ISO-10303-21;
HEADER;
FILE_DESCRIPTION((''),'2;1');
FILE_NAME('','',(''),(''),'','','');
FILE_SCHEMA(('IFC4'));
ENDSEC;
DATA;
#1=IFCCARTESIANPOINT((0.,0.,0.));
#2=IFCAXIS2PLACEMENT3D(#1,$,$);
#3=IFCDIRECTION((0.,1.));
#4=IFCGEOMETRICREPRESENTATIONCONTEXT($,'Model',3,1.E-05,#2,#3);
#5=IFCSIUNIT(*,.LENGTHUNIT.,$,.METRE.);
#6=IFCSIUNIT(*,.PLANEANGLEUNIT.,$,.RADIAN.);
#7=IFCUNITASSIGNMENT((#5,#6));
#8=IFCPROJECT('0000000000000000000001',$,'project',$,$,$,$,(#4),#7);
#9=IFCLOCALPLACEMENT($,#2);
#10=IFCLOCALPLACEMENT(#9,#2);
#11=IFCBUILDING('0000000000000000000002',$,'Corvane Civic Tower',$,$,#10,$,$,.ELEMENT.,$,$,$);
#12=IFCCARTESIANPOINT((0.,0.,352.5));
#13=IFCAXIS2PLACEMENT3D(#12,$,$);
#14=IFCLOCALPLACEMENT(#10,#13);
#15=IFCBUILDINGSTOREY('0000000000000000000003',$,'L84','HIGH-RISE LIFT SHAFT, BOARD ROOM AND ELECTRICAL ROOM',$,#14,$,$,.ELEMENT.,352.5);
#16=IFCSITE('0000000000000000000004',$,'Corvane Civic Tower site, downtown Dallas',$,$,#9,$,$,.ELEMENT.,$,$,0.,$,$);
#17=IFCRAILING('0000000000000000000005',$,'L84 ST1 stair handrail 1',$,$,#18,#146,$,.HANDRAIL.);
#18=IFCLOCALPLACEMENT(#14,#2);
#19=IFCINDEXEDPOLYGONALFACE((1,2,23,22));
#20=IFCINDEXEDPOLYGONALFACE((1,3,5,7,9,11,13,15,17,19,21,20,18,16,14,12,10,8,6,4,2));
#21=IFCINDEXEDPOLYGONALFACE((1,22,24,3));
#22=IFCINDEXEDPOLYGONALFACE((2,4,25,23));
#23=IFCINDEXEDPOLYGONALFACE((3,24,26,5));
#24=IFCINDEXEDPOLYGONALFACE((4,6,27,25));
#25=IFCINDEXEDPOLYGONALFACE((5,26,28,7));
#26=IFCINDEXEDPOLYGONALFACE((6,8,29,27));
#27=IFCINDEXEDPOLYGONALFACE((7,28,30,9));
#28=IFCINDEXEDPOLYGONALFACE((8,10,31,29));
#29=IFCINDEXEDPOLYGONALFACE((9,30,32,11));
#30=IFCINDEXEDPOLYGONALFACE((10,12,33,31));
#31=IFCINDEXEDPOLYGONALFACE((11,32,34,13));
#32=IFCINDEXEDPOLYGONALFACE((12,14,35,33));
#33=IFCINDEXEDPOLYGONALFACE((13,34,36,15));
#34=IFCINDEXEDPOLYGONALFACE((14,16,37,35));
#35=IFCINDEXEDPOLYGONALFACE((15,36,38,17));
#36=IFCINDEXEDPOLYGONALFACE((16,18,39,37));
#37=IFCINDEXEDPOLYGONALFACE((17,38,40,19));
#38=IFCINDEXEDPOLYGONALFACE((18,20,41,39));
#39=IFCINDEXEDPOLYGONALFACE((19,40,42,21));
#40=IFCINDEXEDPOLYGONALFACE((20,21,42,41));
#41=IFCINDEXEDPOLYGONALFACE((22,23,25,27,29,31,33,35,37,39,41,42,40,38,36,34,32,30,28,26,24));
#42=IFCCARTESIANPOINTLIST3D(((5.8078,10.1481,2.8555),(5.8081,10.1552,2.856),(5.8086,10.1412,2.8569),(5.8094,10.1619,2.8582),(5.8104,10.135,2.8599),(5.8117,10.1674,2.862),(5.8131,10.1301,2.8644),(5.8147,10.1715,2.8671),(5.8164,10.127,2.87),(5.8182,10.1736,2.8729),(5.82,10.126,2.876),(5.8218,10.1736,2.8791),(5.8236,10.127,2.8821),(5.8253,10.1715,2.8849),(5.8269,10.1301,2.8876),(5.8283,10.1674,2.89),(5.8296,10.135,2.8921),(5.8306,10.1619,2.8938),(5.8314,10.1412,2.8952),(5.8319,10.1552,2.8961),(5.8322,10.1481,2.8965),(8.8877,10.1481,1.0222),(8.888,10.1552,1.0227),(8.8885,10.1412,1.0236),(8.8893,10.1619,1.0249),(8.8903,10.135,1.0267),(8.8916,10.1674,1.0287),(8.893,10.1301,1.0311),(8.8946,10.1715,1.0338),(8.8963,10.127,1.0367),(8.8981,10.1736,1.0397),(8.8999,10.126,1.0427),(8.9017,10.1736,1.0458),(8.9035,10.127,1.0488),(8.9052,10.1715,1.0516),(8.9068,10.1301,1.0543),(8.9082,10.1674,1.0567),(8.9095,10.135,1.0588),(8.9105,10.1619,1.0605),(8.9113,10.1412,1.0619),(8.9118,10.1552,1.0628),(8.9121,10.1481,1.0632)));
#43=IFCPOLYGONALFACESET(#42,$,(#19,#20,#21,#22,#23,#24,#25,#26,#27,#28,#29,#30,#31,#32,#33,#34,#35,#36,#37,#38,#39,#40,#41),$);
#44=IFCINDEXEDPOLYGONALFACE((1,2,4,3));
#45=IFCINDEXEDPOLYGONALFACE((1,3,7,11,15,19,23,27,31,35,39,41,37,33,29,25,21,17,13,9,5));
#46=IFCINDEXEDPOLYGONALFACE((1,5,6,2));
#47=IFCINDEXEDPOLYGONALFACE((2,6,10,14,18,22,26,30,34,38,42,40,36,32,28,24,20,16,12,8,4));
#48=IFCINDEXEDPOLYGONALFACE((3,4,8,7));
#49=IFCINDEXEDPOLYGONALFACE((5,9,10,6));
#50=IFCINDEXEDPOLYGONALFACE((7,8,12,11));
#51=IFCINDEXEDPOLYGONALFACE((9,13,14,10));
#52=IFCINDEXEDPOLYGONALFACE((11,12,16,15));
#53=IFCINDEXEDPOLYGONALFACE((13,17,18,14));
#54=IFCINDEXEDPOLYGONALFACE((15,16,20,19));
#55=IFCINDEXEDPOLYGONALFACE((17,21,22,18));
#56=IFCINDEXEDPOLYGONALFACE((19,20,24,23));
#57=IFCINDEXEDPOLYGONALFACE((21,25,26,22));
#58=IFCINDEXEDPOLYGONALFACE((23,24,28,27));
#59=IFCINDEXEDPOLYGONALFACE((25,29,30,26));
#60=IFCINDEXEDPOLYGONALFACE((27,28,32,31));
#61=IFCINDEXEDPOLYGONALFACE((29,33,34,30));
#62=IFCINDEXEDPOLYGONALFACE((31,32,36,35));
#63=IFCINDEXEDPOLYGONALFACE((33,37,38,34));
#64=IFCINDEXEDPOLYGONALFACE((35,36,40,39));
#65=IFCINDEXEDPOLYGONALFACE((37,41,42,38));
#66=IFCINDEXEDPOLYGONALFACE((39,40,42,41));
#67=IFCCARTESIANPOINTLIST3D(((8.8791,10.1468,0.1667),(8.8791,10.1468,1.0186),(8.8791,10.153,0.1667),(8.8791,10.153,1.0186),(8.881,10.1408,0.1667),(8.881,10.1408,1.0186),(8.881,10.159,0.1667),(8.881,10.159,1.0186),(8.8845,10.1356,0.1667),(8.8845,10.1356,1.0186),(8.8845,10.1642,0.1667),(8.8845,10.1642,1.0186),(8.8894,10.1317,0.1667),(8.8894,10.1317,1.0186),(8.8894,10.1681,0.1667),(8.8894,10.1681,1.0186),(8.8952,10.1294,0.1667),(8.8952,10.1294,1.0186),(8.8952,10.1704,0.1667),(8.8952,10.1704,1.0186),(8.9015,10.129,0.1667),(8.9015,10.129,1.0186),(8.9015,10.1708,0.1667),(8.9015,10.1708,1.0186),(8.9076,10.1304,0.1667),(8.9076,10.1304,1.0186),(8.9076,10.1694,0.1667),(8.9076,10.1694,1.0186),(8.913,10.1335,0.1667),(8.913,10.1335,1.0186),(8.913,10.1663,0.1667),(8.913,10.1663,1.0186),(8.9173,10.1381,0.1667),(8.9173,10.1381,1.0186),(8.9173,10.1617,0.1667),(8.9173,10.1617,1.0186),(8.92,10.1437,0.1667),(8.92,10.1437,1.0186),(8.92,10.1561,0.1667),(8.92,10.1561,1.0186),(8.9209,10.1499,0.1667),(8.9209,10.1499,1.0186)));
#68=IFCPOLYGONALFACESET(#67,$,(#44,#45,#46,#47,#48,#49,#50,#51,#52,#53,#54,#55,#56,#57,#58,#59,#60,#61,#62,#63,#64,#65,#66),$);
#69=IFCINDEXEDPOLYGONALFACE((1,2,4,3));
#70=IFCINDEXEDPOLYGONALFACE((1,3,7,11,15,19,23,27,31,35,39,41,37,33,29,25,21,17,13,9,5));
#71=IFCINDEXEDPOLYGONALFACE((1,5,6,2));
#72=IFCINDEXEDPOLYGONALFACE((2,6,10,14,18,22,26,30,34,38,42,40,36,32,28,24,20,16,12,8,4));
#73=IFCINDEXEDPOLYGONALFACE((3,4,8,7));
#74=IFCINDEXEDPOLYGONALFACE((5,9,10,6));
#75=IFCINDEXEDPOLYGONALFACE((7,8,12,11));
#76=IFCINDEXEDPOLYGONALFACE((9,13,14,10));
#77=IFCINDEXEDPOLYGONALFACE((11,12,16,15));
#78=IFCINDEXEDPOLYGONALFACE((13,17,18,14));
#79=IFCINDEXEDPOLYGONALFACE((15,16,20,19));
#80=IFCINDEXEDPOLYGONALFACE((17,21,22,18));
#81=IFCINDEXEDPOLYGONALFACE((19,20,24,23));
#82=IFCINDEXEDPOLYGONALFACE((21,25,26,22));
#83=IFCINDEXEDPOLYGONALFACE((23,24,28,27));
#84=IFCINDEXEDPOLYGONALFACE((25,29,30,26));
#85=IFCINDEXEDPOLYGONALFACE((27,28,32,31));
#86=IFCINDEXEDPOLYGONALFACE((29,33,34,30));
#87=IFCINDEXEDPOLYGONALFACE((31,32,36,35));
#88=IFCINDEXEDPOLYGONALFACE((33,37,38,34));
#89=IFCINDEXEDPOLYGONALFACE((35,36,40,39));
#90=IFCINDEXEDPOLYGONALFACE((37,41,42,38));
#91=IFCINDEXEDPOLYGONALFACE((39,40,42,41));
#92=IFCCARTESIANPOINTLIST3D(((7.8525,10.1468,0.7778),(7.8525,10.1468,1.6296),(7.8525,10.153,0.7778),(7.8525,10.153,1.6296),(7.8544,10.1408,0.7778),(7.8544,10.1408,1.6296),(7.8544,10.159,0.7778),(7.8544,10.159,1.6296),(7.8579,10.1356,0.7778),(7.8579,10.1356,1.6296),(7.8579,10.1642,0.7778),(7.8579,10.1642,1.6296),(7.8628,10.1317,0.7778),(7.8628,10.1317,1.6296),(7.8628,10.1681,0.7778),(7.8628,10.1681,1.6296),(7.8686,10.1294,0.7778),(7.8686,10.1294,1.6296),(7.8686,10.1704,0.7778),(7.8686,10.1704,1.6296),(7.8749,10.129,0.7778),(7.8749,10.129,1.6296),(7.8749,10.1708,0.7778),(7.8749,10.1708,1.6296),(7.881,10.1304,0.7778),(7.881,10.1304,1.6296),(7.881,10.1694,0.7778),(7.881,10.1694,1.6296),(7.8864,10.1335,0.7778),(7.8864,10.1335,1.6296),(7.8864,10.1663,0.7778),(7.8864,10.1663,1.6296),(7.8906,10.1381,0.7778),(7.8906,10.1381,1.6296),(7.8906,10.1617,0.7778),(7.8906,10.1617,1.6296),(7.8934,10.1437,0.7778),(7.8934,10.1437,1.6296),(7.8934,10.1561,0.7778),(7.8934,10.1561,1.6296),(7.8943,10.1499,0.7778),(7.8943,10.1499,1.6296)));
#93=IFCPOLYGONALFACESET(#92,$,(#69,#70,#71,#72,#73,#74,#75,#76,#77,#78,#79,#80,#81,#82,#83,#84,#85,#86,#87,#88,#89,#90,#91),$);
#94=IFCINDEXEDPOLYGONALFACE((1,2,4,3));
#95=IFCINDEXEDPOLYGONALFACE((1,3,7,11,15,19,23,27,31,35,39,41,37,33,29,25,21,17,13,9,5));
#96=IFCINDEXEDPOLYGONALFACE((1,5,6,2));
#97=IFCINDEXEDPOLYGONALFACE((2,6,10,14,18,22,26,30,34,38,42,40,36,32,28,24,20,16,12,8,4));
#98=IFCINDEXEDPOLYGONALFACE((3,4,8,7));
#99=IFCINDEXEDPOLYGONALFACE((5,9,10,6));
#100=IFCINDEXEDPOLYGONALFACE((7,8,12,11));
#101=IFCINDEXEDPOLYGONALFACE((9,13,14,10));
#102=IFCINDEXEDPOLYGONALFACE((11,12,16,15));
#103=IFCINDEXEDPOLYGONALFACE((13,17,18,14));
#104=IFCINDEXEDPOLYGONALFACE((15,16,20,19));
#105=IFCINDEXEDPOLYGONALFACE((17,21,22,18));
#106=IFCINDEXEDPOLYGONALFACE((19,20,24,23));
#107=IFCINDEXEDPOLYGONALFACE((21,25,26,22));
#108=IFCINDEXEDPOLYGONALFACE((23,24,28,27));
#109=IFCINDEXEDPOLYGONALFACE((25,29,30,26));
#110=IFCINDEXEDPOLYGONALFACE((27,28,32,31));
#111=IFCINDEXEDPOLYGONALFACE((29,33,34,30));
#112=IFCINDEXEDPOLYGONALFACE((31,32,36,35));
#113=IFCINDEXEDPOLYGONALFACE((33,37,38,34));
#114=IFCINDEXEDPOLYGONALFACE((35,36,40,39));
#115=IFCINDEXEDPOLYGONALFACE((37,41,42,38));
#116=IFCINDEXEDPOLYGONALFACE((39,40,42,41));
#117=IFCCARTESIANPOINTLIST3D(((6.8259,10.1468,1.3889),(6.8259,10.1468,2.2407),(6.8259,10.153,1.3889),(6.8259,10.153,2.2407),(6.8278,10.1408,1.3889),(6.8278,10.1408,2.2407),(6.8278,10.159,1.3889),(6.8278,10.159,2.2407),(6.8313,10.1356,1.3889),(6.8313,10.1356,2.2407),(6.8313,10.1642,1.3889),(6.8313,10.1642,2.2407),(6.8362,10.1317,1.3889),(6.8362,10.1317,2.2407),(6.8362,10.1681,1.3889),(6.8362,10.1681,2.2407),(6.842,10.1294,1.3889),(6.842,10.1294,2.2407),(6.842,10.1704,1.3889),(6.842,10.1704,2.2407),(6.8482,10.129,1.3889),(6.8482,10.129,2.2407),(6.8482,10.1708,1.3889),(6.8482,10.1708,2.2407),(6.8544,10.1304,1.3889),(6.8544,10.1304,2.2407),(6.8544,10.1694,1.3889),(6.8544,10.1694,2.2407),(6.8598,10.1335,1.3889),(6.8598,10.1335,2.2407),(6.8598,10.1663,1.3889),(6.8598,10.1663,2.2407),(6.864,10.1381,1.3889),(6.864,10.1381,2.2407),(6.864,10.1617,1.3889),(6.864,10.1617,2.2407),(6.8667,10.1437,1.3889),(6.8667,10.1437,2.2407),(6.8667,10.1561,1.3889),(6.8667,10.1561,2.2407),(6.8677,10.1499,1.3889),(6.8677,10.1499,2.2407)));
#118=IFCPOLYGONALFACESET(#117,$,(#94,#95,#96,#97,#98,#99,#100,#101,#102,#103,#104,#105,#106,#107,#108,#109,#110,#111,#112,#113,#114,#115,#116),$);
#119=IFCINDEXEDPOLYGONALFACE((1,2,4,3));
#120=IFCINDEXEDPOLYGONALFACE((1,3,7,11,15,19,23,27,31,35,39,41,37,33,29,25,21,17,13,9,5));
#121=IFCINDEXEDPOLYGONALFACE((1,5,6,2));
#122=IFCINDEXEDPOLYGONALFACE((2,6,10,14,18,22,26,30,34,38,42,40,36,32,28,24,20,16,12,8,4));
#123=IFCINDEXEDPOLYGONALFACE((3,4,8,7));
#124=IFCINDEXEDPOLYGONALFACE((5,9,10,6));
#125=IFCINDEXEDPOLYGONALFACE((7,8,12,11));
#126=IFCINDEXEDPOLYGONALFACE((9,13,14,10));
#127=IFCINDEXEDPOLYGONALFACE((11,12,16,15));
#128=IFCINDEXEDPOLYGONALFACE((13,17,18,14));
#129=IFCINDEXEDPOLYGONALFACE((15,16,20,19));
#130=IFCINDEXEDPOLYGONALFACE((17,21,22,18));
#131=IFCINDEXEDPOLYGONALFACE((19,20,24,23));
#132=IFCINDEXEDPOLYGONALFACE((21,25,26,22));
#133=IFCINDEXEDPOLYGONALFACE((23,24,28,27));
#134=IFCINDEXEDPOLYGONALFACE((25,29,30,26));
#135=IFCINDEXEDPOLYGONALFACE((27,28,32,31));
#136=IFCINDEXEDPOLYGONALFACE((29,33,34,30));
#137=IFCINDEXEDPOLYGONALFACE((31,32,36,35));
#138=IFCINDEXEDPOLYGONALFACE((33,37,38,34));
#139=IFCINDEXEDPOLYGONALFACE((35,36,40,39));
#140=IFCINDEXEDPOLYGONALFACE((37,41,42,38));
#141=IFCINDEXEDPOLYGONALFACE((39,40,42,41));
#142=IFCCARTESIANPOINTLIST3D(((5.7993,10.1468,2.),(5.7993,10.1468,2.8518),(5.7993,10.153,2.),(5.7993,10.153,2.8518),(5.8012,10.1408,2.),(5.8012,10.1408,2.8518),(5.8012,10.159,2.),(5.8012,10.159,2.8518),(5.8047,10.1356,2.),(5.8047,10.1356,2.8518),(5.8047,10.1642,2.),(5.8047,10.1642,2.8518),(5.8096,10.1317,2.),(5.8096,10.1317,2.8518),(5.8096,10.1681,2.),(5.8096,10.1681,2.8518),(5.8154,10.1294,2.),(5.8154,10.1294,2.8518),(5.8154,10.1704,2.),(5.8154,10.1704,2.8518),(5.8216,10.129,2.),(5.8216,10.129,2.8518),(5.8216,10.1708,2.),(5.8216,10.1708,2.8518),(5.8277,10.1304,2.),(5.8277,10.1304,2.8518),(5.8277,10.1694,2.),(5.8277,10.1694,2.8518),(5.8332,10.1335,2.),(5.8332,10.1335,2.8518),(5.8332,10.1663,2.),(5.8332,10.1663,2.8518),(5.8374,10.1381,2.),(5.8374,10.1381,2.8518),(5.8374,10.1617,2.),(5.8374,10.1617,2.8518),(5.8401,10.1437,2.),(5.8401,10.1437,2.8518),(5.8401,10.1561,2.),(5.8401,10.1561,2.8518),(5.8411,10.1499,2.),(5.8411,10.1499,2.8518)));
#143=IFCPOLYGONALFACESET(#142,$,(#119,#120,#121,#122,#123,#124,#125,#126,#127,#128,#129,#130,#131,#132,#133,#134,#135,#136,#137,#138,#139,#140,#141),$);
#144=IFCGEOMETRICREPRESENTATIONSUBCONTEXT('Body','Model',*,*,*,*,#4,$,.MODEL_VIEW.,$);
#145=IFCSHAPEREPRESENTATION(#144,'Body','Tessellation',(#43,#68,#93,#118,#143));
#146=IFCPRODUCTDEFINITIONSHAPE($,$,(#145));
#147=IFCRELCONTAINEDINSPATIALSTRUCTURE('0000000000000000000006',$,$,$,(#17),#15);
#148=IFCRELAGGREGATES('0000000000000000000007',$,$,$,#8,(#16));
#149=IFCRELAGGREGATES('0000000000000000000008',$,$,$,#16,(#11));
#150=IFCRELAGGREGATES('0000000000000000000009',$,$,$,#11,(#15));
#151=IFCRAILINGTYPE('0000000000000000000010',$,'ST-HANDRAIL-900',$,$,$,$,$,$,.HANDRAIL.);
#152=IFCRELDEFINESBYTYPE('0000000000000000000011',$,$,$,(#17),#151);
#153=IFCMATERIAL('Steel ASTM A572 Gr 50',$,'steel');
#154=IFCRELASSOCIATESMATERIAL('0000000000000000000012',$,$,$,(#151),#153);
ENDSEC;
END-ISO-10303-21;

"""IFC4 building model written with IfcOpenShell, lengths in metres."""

from ifc_helpers import new_model, si_unit, direction, frame, origin, origin_2d, place, context, subcontext, project, spatial, circle, extrude, material, type_object, element, save


model = new_model("IFC4")

# Units and contexts
model_context = context("Model", 3, precision=1e-05, world=origin(), true_north=direction((0.0, 1.0)))
body_context = subcontext(model_context, "Body", "Model", "MODEL_VIEW")
ifc_project = project(units=[si_unit("LENGTHUNIT", "METRE"), si_unit("PLANEANGLEUNIT", "RADIAN")], contexts=[model_context])

# Site, building, storey
site_placement = place(None, origin())
site = spatial("IfcSite", under=ifc_project, at=site_placement, Name="Corvane Civic Tower site, downtown Dallas", CompositionType="ELEMENT", RefElevation=0.0)
building_placement = place(site_placement, origin())
building = spatial("IfcBuilding", under=site, at=building_placement, Name="Corvane Civic Tower", CompositionType="ELEMENT")
storey_placement = place(building_placement, frame((0.0, 0.0, 352.5)))
storey = spatial("IfcBuildingStorey", under=building, at=storey_placement, Name="L84", Description="HIGH-RISE LIFT SHAFT, BOARD ROOM AND ELECTRICAL ROOM", CompositionType="ELEMENT", Elevation=352.5)

# Railing
ifc_material_1 = material(Name="Steel ASTM A572 Gr 50", Category="steel")
railing_type_1 = type_object("IfcRailingType", Name="ST-HANDRAIL-900", PredefinedType="HANDRAIL", material=ifc_material_1)
railing_1_placement = place(storey_placement, frame((8.8999, 10.1499, 0.1667)))
element("IfcRailing", 1, at=railing_1_placement, inside=storey, type_object=railing_type_1, Name="L84 ST1 stair handrail 1", PredefinedType="HANDRAIL", context=body_context, shape_type="SweptSolid", body=[
    extrude(circle(Radius=0.0239, at=origin_2d()), frame((0.0, 0.0, 0.876), z_axis=(-0.859291, 0.0, 0.511487), x_axis=(0.0, -1.0, 0.0)), (0.0, 0.0, 1.0), 3.5842),
    extrude(circle(Radius=0.021, at=origin_2d()), origin(), (0.0, 0.0, 1.0), 0.8518),
    extrude(circle(Radius=0.021, at=origin_2d()), frame((-1.0266, 0.0, 0.6111)), (0.0, 0.0, 1.0), 0.8518),
    extrude(circle(Radius=0.021, at=origin_2d()), frame((-2.0532, 0.0, 1.2222)), (0.0, 0.0, 1.0), 0.8518),
    extrude(circle(Radius=0.021, at=origin_2d()), frame((-3.0798, 0.0, 1.8333)), (0.0, 0.0, 1.0), 0.8518),
])

save(model, "model.ifc")
